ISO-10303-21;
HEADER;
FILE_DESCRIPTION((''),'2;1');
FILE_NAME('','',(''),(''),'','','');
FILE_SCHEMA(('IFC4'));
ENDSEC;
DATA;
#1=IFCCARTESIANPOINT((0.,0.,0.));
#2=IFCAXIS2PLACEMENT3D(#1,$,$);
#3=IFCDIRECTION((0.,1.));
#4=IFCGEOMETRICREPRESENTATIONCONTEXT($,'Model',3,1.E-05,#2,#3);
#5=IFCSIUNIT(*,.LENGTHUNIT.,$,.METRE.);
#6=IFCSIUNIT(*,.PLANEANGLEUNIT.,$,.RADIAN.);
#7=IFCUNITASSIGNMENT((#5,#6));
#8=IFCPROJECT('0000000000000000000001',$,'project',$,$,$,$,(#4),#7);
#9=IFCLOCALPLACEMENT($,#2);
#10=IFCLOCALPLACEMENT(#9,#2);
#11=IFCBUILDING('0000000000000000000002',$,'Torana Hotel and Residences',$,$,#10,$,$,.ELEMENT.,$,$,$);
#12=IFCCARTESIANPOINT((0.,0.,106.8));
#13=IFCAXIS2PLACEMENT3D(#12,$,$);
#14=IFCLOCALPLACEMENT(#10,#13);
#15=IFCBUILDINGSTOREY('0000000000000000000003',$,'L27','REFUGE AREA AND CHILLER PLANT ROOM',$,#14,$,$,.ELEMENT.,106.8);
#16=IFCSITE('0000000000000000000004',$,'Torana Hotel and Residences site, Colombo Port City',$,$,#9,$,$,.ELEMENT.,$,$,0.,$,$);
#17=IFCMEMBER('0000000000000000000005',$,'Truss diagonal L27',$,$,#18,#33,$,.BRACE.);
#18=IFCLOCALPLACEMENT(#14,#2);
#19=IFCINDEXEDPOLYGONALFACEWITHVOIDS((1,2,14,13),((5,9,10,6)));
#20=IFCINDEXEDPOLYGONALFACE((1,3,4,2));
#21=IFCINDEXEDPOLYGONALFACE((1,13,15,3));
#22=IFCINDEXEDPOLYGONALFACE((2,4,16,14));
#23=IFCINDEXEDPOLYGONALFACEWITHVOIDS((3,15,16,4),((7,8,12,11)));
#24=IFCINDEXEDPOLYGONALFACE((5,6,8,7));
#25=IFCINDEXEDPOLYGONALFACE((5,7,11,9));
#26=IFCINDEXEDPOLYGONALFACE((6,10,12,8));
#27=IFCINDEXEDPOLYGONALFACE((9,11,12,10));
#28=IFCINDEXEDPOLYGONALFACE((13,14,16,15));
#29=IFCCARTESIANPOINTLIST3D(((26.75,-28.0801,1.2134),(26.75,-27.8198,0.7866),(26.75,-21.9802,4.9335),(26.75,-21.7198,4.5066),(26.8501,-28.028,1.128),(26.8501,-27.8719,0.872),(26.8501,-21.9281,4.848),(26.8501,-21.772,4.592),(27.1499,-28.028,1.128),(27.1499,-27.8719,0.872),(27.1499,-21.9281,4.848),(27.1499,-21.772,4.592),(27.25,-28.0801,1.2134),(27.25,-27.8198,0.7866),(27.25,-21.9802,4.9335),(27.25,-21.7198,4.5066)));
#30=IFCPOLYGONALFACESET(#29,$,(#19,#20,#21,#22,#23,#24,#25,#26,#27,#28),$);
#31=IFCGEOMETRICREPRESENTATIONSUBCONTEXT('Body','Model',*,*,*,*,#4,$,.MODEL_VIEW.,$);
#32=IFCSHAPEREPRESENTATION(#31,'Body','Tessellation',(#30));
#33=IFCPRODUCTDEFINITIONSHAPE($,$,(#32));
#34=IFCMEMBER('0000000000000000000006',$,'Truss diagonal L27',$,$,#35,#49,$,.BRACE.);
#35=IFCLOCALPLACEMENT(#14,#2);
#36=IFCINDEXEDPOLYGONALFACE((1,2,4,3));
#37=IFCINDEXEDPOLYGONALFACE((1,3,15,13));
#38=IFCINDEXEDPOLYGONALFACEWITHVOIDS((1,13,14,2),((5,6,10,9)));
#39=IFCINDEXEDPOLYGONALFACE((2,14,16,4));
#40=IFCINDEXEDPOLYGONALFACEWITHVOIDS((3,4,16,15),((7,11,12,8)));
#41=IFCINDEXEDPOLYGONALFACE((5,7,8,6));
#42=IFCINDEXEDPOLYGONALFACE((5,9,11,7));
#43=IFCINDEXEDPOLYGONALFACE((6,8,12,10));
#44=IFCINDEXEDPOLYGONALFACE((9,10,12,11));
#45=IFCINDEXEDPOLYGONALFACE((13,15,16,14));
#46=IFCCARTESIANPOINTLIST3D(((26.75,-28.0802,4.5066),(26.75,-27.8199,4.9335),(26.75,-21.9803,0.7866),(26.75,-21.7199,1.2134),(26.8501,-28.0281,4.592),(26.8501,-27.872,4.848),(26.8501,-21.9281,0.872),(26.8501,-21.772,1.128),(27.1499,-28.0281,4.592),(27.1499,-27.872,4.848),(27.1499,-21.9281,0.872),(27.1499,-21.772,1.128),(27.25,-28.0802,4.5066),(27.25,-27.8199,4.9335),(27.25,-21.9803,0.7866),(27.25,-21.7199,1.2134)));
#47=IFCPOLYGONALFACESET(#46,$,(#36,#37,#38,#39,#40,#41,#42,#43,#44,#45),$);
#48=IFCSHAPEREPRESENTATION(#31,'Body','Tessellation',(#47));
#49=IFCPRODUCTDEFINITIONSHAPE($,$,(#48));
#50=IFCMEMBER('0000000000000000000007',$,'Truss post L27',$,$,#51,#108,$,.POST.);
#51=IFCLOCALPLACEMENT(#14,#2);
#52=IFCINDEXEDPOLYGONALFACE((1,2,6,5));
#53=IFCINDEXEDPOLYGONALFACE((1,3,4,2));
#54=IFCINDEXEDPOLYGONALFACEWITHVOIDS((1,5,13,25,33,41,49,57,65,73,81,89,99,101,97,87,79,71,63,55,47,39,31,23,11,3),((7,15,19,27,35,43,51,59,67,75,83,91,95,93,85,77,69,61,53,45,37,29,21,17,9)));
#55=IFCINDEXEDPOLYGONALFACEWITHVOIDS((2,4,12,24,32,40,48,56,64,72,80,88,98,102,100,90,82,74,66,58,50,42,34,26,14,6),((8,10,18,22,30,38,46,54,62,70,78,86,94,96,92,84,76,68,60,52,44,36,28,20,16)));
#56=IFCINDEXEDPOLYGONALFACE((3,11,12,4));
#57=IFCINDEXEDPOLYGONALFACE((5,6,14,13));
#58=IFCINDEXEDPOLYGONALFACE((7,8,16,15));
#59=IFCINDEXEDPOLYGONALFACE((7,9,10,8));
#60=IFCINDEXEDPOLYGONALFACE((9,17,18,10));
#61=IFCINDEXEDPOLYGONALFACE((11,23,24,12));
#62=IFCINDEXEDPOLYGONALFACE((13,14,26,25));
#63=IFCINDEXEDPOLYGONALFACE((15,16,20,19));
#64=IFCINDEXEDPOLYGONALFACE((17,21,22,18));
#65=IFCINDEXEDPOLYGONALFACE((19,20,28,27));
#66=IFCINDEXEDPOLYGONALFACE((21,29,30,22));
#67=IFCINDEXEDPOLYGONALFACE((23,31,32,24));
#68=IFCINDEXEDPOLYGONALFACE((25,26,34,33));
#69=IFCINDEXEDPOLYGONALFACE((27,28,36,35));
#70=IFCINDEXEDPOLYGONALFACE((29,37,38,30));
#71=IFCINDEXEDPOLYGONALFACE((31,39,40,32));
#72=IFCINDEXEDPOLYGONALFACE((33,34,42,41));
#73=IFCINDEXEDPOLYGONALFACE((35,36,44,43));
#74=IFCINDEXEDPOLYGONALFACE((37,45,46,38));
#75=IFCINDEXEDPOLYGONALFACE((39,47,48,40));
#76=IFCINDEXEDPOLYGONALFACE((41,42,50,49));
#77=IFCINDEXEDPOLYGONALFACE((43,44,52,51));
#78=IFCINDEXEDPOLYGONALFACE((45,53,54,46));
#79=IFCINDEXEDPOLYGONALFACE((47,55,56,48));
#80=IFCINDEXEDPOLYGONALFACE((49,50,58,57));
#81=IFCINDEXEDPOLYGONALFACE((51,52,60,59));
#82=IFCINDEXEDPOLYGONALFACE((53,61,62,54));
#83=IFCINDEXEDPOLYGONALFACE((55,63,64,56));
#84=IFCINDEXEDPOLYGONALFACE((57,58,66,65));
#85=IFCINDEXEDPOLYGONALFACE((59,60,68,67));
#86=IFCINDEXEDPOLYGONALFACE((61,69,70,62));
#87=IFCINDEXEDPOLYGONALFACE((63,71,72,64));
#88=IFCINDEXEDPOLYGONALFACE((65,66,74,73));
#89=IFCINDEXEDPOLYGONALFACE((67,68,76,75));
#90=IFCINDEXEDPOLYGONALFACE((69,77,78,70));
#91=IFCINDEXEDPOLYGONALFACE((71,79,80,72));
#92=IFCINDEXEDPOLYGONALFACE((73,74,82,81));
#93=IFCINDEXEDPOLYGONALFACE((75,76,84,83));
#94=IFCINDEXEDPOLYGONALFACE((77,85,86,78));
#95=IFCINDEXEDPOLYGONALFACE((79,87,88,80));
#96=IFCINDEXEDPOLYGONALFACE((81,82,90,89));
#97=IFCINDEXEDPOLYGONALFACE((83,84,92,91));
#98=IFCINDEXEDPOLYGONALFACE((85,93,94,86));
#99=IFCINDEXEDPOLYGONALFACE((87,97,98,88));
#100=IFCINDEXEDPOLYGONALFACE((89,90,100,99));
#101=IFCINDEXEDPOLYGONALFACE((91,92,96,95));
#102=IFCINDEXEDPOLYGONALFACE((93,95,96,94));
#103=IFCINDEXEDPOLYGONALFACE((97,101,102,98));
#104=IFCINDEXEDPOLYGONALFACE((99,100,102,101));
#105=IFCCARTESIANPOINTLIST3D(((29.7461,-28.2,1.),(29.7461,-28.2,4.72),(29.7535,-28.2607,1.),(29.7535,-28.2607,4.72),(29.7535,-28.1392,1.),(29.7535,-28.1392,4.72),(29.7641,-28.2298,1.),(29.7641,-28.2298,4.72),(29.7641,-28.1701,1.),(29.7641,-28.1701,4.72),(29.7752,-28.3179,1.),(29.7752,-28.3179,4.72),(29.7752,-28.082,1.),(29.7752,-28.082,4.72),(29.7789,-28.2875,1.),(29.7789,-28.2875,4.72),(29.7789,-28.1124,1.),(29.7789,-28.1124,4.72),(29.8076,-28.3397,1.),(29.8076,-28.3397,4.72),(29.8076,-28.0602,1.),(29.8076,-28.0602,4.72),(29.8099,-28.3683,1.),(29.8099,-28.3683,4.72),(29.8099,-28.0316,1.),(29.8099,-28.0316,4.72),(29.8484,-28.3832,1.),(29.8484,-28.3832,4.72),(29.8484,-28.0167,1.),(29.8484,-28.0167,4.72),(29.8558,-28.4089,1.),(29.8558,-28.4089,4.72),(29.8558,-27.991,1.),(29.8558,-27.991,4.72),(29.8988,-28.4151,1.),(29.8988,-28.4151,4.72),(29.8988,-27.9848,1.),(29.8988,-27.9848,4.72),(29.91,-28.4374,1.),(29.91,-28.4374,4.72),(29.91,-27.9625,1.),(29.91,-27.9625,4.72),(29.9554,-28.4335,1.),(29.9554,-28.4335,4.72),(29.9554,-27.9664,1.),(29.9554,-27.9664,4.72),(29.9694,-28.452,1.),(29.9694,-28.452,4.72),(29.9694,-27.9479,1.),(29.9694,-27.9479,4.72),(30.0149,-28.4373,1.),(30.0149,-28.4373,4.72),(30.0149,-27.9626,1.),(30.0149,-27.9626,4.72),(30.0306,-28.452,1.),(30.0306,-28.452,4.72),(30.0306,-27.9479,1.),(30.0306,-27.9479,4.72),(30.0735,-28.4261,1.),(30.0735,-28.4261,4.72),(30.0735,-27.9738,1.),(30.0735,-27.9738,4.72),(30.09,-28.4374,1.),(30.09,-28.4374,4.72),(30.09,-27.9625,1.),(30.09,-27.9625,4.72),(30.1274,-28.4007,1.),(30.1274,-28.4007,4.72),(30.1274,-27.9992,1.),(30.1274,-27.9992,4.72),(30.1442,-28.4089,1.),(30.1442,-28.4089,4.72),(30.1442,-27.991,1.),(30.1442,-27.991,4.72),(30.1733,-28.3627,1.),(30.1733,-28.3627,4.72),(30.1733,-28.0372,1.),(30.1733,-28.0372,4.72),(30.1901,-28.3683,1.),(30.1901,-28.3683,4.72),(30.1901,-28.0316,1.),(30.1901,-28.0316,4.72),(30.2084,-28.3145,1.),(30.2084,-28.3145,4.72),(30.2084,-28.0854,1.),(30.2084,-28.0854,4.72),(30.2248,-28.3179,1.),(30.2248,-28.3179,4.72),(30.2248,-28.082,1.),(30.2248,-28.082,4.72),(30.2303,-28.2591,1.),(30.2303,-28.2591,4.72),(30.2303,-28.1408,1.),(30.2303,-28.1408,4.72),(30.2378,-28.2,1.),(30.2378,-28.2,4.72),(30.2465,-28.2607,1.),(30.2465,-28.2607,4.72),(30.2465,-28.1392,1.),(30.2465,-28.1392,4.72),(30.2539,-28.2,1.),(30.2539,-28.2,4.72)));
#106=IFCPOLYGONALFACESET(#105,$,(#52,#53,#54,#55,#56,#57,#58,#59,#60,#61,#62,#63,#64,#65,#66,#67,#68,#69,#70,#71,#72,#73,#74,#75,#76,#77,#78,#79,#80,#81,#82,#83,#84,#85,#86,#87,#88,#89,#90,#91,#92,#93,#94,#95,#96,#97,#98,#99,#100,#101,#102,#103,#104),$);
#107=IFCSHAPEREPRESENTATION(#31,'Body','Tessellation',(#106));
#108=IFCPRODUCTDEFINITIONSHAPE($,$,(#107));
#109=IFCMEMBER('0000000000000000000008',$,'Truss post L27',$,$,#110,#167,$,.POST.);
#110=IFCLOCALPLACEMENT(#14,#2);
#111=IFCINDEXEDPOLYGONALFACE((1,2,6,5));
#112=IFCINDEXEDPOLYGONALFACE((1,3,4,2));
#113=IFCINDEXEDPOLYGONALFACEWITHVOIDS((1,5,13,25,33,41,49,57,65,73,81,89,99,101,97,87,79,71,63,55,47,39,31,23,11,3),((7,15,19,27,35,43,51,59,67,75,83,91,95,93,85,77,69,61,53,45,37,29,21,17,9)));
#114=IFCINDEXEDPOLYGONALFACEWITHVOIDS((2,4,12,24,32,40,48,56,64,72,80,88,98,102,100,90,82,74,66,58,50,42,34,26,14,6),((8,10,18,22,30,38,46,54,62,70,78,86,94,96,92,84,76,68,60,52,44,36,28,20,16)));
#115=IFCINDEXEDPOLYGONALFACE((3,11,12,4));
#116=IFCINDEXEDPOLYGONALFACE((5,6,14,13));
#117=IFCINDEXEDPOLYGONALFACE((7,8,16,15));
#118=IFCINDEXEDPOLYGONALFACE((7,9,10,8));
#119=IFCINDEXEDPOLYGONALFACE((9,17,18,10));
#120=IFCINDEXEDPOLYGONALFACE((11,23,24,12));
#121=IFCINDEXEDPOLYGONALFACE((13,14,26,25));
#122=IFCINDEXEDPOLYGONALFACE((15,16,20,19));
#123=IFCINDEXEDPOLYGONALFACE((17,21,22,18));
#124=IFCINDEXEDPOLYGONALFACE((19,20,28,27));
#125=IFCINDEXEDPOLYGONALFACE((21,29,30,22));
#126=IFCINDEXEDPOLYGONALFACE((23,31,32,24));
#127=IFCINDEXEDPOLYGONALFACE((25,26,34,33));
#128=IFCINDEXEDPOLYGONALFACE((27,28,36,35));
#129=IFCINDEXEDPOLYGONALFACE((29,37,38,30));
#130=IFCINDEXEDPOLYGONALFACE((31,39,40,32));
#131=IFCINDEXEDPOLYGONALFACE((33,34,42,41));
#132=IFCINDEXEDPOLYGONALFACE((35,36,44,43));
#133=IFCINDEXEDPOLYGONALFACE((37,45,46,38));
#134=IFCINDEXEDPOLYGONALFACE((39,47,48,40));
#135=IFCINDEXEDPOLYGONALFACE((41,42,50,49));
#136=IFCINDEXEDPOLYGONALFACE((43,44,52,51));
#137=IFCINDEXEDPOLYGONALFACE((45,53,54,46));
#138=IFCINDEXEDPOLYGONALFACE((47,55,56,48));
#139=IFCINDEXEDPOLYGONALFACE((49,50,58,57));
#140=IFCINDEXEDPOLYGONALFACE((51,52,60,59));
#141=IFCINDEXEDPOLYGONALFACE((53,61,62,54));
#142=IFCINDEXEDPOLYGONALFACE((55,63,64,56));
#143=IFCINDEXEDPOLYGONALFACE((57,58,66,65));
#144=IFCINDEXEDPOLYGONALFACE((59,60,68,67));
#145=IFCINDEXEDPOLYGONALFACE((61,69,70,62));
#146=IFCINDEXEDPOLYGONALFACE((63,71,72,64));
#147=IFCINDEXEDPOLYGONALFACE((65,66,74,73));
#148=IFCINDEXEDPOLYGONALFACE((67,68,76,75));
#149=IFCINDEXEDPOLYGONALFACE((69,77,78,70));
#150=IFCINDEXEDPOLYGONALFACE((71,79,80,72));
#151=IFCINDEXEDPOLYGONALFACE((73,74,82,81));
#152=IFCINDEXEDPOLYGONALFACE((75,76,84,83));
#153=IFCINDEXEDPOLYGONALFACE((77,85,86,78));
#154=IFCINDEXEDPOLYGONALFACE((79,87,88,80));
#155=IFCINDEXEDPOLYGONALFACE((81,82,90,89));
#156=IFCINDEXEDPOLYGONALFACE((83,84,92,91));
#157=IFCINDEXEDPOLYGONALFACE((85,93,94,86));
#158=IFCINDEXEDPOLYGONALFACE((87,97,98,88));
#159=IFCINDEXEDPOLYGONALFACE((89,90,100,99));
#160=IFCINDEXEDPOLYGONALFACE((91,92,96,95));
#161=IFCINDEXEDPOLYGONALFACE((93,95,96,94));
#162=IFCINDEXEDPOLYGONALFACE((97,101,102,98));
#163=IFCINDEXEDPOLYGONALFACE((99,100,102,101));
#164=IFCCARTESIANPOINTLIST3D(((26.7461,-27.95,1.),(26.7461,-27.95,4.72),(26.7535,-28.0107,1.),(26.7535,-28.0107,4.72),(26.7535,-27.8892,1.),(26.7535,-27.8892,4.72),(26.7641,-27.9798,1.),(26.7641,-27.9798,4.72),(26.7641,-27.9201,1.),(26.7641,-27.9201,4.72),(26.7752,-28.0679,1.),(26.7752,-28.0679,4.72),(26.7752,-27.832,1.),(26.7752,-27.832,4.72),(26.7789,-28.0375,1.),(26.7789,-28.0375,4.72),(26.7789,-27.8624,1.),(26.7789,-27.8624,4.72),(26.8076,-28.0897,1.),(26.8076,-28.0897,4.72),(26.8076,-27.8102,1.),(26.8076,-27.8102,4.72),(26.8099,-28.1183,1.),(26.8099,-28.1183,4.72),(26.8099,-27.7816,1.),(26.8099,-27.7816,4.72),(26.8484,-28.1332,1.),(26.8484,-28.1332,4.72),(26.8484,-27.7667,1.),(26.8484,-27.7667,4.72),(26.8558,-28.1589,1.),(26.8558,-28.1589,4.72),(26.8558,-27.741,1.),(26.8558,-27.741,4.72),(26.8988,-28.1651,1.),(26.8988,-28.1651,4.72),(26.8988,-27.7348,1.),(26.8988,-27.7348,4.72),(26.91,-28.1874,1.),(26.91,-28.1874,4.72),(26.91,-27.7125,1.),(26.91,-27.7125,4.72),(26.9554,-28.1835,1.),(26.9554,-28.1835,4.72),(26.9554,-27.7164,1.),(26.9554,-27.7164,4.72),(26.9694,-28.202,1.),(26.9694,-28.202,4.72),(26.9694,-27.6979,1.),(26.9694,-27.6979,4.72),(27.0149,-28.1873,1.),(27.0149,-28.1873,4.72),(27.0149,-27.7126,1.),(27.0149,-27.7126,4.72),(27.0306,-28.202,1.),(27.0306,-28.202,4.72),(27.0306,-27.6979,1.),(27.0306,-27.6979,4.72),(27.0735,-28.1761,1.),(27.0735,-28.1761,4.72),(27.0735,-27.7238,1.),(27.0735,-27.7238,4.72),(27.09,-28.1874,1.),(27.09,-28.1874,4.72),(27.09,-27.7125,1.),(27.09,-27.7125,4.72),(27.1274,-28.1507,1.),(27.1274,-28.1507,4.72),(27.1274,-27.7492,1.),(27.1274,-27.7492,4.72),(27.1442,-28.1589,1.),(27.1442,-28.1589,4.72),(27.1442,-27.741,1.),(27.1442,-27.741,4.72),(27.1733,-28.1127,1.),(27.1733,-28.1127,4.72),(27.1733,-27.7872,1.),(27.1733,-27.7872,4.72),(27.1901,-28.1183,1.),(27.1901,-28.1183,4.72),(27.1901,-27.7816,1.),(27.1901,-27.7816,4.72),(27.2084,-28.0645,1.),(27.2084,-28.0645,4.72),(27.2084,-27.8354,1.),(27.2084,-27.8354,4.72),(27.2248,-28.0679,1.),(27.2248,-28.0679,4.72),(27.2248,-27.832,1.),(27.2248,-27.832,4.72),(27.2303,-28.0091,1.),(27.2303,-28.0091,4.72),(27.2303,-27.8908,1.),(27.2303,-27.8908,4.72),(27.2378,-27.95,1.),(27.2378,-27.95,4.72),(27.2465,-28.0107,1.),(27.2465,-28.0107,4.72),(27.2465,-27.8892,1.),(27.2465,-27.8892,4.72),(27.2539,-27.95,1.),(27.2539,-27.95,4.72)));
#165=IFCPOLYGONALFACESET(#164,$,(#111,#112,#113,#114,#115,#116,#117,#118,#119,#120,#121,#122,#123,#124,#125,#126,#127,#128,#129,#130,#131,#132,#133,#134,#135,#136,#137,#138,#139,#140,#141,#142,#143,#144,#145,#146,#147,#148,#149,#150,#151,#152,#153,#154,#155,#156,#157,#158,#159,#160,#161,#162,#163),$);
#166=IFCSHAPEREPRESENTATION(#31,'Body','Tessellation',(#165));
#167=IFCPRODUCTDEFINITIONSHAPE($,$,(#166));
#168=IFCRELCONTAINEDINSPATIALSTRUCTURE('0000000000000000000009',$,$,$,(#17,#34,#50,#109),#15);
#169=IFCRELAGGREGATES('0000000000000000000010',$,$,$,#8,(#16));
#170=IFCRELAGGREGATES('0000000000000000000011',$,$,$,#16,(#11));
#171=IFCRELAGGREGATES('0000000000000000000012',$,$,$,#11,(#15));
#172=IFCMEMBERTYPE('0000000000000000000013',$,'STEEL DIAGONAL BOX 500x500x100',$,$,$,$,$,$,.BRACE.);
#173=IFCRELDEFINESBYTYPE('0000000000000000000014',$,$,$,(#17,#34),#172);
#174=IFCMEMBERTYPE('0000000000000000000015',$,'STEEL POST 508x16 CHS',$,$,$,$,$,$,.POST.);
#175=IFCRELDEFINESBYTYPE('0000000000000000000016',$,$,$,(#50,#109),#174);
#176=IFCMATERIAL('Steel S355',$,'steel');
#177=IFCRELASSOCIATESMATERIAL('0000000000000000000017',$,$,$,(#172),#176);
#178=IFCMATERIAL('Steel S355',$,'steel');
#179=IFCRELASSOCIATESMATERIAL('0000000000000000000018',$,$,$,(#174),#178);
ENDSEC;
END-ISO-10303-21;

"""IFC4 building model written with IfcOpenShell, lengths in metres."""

from ifc_helpers import new_model, si_unit, direction, frame, origin, origin_2d, place, context, subcontext, project, spatial, hollow_rectangle, hollow_circle, extrude, material, material_profile, profile_set, type_object, element, save


model = new_model("IFC4")

# Units and contexts
model_context = context("Model", 3, precision=1e-05, world=origin(), true_north=direction((0.0, 1.0)))
body_context = subcontext(model_context, "Body", "Model", "MODEL_VIEW")
ifc_project = project(units=[si_unit("LENGTHUNIT", "METRE"), si_unit("PLANEANGLEUNIT", "RADIAN")], contexts=[model_context])

# Site, building, storey
site_placement = place(None, origin())
site = spatial("IfcSite", under=ifc_project, at=site_placement, Name="Torana Hotel and Residences site, Colombo Port City", CompositionType="ELEMENT", RefElevation=0.0)
building_placement = place(site_placement, origin())
building = spatial("IfcBuilding", under=site, at=building_placement, Name="Torana Hotel and Residences", CompositionType="ELEMENT")
storey_placement = place(building_placement, frame((0.0, 0.0, 106.8)))
storey = spatial("IfcBuildingStorey", under=building, at=storey_placement, Name="L27", Description="REFUGE AREA AND CHILLER PLANT ROOM", CompositionType="ELEMENT", Elevation=106.8)

# Members
ifc_material_1 = material(Name="Steel S355", Category="steel")
ifc_material_profile_1 = material_profile(ifc_material_1, hollow_rectangle(XDim=0.5, YDim=0.5, WallThickness=0.1001, at=origin_2d()), Name="BOX 500x500x100")
ifc_profile_set_1 = profile_set([ifc_material_profile_1], Name="Steel S355")
member_type_1 = type_object("IfcMemberType", Name="STEEL DIAGONAL BOX 500x500x100", PredefinedType="BRACE", material=ifc_profile_set_1)
for number, where, z_axis, x_axis, name in (
    (1, (27.0, -27.95, 1.0), (0.0, 0.853762, 0.520663), (-1.0, 0.0, 0.0), "Truss diagonal L27"),
    (2, (27.0, -21.8501, 1.0), (0.0, -0.853762, 0.520663), (1.0, 0.0, 0.0), "Truss diagonal L27"),
):
    element("IfcMember", number, at=place(storey_placement, frame(where, z_axis=z_axis, x_axis=x_axis)), inside=storey, type_object=member_type_1, Name=name, PredefinedType="BRACE", context=body_context, shape_type="SweptSolid", body=[
        extrude(hollow_rectangle(XDim=0.5, YDim=0.5, WallThickness=0.1001, at=origin_2d()), origin(), (0.0, 0.0, 1.0), 7.1448),
    ])
ifc_material_2 = material(Name="Steel S355", Category="steel")
ifc_material_profile_2 = material_profile(ifc_material_2, hollow_circle(Radius=0.2539, WallThickness=0.0161, at=origin_2d()), Name="508x16 CHS")
ifc_profile_set_2 = profile_set([ifc_material_profile_2], Name="Steel S355")
member_type_2 = type_object("IfcMemberType", Name="STEEL POST 508x16 CHS", PredefinedType="POST", material=ifc_profile_set_2)
for number, where, z_axis, x_axis, name in (
    (3, (30.0, -28.2, 1.0), (0.0, 0.0, 1.0), (1.0, 0.0, 0.0), "Truss post L27"),
    (4, (27.0, -27.95, 1.0), (0.0, 0.0, 1.0), (1.0, 0.0, 0.0), "Truss post L27"),
):
    element("IfcMember", number, at=place(storey_placement, frame(where, z_axis=z_axis, x_axis=x_axis)), inside=storey, type_object=member_type_2, Name=name, PredefinedType="POST", context=body_context, shape_type="SweptSolid", body=[
        extrude(hollow_circle(Radius=0.2539, WallThickness=0.0161, at=origin_2d()), origin(), (0.0, 0.0, 1.0), 3.72),
    ])

save(model, "model.ifc")
